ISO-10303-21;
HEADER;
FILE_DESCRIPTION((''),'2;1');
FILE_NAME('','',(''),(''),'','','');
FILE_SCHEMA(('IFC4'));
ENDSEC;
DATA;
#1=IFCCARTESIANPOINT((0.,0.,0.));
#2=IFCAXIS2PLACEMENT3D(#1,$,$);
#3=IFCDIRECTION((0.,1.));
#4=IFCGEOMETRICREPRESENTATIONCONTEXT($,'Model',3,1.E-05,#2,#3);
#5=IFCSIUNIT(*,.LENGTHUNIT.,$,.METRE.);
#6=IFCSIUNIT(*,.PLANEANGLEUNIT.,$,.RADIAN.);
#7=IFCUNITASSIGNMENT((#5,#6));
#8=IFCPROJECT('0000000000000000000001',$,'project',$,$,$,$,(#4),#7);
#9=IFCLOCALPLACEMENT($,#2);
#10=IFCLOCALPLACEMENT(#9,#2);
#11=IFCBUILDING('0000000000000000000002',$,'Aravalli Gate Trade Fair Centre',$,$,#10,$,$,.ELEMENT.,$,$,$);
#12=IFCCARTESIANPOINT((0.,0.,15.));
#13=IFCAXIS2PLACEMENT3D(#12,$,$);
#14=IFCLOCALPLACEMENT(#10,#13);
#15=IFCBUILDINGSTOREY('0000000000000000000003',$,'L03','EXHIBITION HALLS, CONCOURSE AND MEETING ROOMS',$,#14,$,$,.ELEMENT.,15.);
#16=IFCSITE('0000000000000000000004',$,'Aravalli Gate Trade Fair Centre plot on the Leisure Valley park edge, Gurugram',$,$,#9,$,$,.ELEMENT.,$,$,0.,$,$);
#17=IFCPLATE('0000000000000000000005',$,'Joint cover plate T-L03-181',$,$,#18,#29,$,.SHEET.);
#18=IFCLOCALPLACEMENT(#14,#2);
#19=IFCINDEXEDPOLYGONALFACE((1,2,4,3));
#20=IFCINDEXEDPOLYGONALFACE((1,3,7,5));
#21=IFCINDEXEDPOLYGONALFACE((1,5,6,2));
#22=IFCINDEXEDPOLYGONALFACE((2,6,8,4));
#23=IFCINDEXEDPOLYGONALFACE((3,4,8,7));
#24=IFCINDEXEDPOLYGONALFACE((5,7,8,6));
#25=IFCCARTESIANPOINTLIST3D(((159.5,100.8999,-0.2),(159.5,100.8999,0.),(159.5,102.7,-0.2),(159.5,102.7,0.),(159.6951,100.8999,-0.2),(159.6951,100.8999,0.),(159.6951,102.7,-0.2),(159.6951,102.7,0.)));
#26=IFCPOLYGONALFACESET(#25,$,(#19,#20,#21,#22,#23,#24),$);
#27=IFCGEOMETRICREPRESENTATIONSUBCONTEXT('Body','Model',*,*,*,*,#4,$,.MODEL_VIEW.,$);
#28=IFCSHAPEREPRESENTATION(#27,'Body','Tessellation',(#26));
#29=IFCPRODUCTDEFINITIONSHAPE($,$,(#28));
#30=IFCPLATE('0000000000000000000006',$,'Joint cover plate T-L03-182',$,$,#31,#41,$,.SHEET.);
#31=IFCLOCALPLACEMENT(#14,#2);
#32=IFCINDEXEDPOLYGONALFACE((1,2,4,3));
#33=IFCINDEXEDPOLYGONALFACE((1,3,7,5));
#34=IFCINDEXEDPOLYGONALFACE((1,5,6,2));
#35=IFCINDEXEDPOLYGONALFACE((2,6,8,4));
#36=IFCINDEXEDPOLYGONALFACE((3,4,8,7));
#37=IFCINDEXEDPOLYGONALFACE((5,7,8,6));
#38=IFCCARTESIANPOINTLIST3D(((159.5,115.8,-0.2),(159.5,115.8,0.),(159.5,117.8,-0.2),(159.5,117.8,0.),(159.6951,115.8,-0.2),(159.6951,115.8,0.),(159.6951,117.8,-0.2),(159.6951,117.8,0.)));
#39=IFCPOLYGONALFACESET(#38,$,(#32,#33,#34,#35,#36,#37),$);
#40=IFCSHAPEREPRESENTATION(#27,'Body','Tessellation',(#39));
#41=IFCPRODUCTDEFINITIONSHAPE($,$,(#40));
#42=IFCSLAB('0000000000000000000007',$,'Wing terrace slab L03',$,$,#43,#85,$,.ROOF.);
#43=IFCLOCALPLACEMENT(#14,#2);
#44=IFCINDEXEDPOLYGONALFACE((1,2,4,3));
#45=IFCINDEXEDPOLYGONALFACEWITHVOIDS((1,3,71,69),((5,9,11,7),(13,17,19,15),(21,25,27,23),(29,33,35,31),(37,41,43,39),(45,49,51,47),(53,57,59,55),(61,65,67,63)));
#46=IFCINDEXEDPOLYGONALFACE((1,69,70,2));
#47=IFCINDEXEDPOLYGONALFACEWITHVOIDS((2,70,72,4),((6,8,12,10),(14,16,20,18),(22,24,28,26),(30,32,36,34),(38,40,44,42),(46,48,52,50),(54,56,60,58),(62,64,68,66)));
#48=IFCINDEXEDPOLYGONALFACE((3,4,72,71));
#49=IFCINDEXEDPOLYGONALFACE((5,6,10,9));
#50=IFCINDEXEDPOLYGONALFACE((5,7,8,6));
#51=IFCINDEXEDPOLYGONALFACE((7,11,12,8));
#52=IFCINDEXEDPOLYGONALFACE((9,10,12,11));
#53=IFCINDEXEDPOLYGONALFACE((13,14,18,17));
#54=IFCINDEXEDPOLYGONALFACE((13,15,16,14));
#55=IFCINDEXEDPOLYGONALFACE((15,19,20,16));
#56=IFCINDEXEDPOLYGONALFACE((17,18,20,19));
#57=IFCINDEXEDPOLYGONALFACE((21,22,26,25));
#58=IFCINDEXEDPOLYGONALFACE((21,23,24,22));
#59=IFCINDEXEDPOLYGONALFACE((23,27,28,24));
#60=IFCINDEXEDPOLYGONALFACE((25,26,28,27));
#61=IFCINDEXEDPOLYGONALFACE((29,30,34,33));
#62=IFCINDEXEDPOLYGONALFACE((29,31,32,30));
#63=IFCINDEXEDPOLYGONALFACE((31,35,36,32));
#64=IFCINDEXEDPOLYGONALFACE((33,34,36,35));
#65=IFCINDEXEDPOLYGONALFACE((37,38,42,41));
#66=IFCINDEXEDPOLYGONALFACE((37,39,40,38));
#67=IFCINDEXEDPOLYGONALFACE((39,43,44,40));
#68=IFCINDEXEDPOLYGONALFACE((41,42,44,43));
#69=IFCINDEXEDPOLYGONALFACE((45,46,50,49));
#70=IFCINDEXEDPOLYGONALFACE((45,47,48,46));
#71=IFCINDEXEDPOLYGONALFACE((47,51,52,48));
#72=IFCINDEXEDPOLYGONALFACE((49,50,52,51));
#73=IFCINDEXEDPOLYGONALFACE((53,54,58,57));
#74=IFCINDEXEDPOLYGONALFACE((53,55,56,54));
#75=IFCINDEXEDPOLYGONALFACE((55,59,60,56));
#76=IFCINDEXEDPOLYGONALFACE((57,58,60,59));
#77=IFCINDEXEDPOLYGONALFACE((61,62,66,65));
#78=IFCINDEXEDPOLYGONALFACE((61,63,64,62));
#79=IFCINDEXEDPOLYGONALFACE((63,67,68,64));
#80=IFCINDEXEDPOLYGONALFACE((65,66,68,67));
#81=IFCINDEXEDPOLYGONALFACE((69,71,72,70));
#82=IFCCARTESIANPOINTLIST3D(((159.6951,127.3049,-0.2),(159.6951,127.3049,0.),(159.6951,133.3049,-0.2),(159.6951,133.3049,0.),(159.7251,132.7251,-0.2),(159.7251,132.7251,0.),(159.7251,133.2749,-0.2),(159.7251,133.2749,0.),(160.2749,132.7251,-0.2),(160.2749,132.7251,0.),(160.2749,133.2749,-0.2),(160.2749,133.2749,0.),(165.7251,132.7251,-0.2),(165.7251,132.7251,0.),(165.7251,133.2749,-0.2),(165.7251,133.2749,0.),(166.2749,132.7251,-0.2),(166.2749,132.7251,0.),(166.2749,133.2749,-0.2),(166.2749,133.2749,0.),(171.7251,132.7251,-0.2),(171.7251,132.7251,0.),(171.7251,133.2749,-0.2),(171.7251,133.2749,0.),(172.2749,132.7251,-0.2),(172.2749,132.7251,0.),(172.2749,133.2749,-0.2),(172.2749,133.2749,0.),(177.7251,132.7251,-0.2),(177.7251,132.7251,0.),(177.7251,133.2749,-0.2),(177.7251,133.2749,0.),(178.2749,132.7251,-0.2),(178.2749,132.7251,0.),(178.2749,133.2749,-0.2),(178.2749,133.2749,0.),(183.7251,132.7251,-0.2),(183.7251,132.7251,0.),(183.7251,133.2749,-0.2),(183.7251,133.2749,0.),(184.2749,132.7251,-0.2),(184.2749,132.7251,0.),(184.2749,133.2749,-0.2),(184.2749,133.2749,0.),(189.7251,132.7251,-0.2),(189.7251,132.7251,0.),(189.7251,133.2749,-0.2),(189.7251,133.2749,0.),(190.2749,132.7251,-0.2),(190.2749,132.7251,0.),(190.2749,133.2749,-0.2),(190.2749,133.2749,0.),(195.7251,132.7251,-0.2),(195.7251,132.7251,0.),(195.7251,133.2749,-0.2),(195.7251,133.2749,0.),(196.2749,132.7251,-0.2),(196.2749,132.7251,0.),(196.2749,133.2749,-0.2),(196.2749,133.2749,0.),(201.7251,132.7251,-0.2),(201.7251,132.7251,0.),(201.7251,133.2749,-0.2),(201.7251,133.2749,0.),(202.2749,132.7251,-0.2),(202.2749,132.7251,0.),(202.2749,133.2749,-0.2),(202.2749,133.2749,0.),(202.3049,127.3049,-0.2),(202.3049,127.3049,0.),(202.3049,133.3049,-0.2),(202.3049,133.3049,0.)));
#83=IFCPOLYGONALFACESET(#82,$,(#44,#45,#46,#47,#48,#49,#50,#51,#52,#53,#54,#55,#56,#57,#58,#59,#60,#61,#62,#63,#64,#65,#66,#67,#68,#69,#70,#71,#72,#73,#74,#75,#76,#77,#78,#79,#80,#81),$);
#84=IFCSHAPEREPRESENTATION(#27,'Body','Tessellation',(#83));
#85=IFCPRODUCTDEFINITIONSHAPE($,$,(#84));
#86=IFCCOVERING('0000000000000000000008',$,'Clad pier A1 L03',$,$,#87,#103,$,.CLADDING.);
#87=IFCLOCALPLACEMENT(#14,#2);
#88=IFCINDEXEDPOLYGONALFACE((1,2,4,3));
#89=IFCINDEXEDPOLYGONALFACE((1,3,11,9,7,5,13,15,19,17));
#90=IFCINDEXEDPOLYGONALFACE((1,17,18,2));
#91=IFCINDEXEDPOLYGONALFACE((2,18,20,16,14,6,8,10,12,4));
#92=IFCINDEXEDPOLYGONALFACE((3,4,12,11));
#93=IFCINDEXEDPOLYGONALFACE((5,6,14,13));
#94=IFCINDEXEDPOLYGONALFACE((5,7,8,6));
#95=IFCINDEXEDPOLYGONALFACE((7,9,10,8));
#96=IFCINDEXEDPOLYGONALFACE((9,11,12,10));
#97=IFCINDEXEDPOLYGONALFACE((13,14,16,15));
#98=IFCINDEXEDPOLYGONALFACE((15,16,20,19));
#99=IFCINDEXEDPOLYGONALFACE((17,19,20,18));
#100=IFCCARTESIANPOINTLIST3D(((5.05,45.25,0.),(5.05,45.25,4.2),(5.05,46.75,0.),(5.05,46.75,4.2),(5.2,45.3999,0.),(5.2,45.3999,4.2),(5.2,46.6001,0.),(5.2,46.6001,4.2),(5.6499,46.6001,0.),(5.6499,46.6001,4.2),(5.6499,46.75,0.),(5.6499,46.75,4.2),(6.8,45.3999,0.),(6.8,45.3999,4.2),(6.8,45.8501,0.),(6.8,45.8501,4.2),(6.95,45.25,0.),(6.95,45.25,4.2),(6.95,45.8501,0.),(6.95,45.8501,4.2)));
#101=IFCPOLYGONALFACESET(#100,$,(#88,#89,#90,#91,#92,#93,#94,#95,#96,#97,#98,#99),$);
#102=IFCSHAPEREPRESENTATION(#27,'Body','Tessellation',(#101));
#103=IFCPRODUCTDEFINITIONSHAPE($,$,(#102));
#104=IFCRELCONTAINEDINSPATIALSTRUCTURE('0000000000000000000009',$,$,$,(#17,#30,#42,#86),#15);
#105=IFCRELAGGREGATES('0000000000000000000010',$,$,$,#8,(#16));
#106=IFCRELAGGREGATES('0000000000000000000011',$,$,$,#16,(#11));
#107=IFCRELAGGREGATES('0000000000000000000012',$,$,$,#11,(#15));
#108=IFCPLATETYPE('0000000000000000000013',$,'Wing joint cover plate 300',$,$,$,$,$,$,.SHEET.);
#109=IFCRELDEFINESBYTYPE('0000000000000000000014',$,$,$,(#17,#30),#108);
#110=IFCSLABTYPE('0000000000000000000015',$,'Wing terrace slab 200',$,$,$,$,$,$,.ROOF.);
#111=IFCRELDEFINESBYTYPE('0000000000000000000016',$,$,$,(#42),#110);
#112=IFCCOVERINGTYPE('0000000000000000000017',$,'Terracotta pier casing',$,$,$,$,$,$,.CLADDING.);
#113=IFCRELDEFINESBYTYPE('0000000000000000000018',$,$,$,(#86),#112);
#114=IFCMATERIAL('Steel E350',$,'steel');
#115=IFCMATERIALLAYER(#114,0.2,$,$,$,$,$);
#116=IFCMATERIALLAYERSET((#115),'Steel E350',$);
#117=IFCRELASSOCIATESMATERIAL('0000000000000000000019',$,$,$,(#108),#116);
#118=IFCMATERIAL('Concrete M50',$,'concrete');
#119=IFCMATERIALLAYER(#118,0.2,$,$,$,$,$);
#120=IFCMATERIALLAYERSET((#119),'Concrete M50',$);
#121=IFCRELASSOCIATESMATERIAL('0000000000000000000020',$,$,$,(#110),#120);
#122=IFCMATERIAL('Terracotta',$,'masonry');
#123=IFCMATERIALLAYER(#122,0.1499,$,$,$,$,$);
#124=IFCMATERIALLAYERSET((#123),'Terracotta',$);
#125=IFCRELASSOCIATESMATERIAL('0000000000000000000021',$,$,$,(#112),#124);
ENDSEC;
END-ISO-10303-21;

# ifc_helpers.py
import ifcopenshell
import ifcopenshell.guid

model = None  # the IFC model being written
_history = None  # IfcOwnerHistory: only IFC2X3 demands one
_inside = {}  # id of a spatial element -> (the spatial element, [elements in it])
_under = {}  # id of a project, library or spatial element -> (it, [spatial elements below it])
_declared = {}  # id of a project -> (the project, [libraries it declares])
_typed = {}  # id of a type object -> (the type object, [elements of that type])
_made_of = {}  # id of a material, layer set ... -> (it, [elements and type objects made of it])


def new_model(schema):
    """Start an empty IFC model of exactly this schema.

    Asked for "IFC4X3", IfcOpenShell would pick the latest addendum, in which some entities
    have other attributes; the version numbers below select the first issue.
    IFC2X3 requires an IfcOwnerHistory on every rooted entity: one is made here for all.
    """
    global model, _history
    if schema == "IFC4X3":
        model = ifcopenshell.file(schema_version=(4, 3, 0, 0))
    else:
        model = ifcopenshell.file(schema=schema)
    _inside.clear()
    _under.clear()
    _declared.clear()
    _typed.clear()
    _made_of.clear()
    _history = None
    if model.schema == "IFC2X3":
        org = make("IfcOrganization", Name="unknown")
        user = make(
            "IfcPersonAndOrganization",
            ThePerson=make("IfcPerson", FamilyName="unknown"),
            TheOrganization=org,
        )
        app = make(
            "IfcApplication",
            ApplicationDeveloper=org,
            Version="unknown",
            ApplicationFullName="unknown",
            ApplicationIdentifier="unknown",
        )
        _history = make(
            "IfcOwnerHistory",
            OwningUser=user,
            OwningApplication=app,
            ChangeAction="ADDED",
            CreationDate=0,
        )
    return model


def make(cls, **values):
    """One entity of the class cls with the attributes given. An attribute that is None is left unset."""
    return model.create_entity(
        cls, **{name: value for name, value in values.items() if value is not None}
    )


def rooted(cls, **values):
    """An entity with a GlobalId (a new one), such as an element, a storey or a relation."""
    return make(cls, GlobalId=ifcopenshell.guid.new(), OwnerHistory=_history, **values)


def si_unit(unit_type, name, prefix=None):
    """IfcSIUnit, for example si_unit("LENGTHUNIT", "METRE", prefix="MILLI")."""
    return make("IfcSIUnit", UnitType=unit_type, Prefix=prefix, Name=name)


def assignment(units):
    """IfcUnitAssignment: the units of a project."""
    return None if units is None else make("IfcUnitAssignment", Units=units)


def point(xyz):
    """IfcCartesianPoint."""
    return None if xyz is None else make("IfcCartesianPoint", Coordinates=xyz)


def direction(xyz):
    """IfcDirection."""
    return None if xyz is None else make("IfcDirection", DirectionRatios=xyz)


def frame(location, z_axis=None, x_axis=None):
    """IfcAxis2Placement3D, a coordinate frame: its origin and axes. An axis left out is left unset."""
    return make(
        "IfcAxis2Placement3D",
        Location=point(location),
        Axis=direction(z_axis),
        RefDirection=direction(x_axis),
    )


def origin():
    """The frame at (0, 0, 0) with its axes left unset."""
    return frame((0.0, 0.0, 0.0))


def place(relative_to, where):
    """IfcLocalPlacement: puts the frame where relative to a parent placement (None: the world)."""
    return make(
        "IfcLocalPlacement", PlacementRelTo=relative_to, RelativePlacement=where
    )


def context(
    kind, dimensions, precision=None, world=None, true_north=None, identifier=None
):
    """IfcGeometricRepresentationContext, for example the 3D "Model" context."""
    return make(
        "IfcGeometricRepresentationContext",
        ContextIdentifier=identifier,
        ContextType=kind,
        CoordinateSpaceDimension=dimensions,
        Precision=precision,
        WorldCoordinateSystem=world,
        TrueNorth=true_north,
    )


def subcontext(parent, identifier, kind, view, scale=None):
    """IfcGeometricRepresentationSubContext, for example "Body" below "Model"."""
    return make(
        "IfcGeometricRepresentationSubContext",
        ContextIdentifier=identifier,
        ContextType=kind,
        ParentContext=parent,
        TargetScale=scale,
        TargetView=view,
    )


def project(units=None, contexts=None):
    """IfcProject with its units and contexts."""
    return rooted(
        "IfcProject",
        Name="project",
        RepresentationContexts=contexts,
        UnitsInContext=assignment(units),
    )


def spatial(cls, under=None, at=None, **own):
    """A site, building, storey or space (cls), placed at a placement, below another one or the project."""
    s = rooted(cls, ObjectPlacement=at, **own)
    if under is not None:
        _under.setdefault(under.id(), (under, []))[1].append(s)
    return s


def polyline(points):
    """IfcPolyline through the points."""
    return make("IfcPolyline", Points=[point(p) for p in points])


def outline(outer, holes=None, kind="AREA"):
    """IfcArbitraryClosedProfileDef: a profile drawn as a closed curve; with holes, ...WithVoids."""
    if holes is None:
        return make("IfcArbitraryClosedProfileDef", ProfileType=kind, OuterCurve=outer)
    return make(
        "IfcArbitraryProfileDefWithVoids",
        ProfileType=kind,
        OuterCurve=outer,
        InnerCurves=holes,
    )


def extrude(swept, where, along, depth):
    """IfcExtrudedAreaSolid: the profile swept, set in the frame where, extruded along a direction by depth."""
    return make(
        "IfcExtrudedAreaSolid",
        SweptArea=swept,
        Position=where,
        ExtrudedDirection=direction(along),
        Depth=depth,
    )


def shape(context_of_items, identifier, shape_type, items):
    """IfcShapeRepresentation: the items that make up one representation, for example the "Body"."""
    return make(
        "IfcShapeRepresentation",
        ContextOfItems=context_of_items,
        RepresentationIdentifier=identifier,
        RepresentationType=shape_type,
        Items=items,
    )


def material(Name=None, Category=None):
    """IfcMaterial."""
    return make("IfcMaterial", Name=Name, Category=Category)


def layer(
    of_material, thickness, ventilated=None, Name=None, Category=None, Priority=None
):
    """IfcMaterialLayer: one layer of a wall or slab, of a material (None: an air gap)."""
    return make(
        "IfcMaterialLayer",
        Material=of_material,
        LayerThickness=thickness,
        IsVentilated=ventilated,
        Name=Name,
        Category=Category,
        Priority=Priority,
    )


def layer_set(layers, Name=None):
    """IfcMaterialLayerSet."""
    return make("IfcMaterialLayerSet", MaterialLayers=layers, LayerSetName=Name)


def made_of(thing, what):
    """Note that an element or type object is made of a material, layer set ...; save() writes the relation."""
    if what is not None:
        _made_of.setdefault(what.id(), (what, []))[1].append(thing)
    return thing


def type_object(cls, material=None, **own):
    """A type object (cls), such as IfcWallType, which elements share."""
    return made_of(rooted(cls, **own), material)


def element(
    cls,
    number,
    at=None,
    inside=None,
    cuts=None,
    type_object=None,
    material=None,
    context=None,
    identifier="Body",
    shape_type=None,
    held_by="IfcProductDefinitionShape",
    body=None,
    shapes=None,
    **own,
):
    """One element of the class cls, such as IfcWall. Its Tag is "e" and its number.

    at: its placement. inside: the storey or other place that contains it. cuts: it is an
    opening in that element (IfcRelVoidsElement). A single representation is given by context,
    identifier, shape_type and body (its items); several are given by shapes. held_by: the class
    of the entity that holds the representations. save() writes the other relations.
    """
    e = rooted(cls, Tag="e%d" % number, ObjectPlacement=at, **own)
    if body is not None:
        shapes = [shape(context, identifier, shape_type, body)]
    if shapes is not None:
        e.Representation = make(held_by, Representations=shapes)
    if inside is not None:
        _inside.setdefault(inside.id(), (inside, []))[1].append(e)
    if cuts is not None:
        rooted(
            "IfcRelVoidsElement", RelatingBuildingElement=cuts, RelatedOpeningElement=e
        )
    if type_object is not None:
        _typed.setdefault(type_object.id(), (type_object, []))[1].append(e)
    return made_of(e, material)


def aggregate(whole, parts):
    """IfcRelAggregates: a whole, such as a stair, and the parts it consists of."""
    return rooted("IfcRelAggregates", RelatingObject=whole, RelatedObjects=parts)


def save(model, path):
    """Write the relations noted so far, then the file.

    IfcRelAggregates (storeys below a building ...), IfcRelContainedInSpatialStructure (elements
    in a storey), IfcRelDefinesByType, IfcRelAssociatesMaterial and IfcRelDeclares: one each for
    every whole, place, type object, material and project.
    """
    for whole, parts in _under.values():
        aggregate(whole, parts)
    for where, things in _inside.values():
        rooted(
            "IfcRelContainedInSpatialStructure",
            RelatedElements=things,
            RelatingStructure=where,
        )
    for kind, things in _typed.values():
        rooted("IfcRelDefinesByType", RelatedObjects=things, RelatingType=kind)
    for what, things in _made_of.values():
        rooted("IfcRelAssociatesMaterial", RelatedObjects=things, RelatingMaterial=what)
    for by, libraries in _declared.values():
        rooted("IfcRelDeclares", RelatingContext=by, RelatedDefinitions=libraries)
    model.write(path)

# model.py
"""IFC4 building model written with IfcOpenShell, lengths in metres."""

from ifc_helpers import new_model, si_unit, direction, frame, origin, place, context, subcontext, project, spatial, polyline, outline, extrude, material, layer, layer_set, type_object, element, save


model = new_model("IFC4")

# Units and contexts
model_context = context("Model", 3, precision=1e-05, world=origin(), true_north=direction((0.0, 1.0)))
body_context = subcontext(model_context, "Body", "Model", "MODEL_VIEW")
ifc_project = project(units=[si_unit("LENGTHUNIT", "METRE"), si_unit("PLANEANGLEUNIT", "RADIAN")], contexts=[model_context])

# Site, building, storey
site_placement = place(None, origin())
site = spatial("IfcSite", under=ifc_project, at=site_placement, Name="Aravalli Gate Trade Fair Centre plot on the Leisure Valley park edge, Gurugram", CompositionType="ELEMENT", RefElevation=0.0)
building_placement = place(site_placement, origin())
building = spatial("IfcBuilding", under=site, at=building_placement, Name="Aravalli Gate Trade Fair Centre", CompositionType="ELEMENT")
storey_placement = place(building_placement, frame((0.0, 0.0, 15.0)))
storey = spatial("IfcBuildingStorey", under=building, at=storey_placement, Name="L03", Description="EXHIBITION HALLS, CONCOURSE AND MEETING ROOMS", CompositionType="ELEMENT", Elevation=15.0)

# Shared definitions
ifc_material_1 = material(Name="Concrete M50", Category="concrete")

# Plates
ifc_material_2 = material(Name="Steel E350", Category="steel")
ifc_layer_1 = layer(ifc_material_2, 0.2)
ifc_layer_set_1 = layer_set([ifc_layer_1], Name="Steel E350")
plate_type = type_object("IfcPlateType", Name="Wing joint cover plate 300", PredefinedType="SHEET", material=ifc_layer_set_1)
plate_1_placement = place(storey_placement, frame((0.0, 0.0, -0.2)))
element("IfcPlate", 1, at=plate_1_placement, inside=storey, type_object=plate_type, Name="Joint cover plate T-L03-181", PredefinedType="SHEET", context=body_context, shape_type="SweptSolid", body=[
    extrude(outline(polyline([(159.5, 100.8999), (159.6951, 100.8999), (159.6951, 102.7), (159.5, 102.7), (159.5, 100.8999)])), origin(), (0.0, 0.0, 1.0), 0.2),
])
plate_2_placement = place(storey_placement, frame((0.0, 0.0, -0.2)))
element("IfcPlate", 2, at=plate_2_placement, inside=storey, type_object=plate_type, Name="Joint cover plate T-L03-182", PredefinedType="SHEET", context=body_context, shape_type="SweptSolid", body=[
    extrude(outline(polyline([(159.5, 115.8), (159.6951, 115.8), (159.6951, 117.8), (159.5, 117.8), (159.5, 115.8)])), origin(), (0.0, 0.0, 1.0), 0.2),
])

# Slab
ifc_layer_2 = layer(ifc_material_1, 0.2)
ifc_layer_set_2 = layer_set([ifc_layer_2], Name="Concrete M50")
slab_type_1 = type_object("IfcSlabType", Name="Wing terrace slab 200", PredefinedType="ROOF", material=ifc_layer_set_2)
slab_1_placement = place(storey_placement, frame((0.0, 0.0, -0.2)))
element("IfcSlab", 3, at=slab_1_placement, inside=storey, type_object=slab_type_1, Name="Wing terrace slab L03", PredefinedType="ROOF", context=body_context, shape_type="SweptSolid", body=[
    extrude(outline(polyline([(202.3049, 133.3049), (202.3049, 127.3049), (159.6951, 127.3049), (159.6951, 133.3049), (202.3049, 133.3049)]), holes=[polyline([(160.2749, 132.7251), (160.2749, 133.2749), (159.7251, 133.2749), (159.7251, 132.7251), (160.2749, 132.7251)]), polyline([(166.2749, 132.7251), (166.2749, 133.2749), (165.7251, 133.2749), (165.7251, 132.7251), (166.2749, 132.7251)]), polyline([(171.7251, 132.7251), (172.2749, 132.7251), (172.2749, 133.2749), (171.7251, 133.2749), (171.7251, 132.7251)]), polyline([(177.7251, 132.7251), (178.2749, 132.7251), (178.2749, 133.2749), (177.7251, 133.2749), (177.7251, 132.7251)]), polyline([(196.2749, 132.7251), (196.2749, 133.2749), (195.7251, 133.2749), (195.7251, 132.7251), (196.2749, 132.7251)]), polyline([(202.2749, 132.7251), (202.2749, 133.2749), (201.7251, 133.2749), (201.7251, 132.7251), (202.2749, 132.7251)]), polyline([(189.7251, 132.7251), (190.2749, 132.7251), (190.2749, 133.2749), (189.7251, 133.2749), (189.7251, 132.7251)]), polyline([(183.7251, 132.7251), (184.2749, 132.7251), (184.2749, 133.2749), (183.7251, 133.2749), (183.7251, 132.7251)])]), origin(), (0.0, 0.0, 1.0), 0.2),
])

# Covering
ifc_material_3 = material(Name="Terracotta", Category="masonry")
ifc_layer_3 = layer(ifc_material_3, 0.1499)
ifc_layer_set_3 = layer_set([ifc_layer_3], Name="Terracotta")
covering_type = type_object("IfcCoveringType", Name="Terracotta pier casing", PredefinedType="CLADDING", material=ifc_layer_set_3)
covering_placement = place(storey_placement, origin())
element("IfcCovering", 4, at=covering_placement, inside=storey, type_object=covering_type, Name="Clad pier A1 L03", PredefinedType="CLADDING", context=body_context, shape_type="SweptSolid", body=[
    extrude(outline(polyline([(5.05, 46.75), (5.6499, 46.75), (5.6499, 46.6001), (5.2, 46.6001), (5.2, 45.3999), (6.8, 45.3999), (6.8, 45.8501), (6.95, 45.8501), (6.95, 45.25), (5.05, 45.25), (5.05, 46.75)])), origin(), (0.0, 0.0, 1.0), 4.2),
])

save(model, "model.ifc")
